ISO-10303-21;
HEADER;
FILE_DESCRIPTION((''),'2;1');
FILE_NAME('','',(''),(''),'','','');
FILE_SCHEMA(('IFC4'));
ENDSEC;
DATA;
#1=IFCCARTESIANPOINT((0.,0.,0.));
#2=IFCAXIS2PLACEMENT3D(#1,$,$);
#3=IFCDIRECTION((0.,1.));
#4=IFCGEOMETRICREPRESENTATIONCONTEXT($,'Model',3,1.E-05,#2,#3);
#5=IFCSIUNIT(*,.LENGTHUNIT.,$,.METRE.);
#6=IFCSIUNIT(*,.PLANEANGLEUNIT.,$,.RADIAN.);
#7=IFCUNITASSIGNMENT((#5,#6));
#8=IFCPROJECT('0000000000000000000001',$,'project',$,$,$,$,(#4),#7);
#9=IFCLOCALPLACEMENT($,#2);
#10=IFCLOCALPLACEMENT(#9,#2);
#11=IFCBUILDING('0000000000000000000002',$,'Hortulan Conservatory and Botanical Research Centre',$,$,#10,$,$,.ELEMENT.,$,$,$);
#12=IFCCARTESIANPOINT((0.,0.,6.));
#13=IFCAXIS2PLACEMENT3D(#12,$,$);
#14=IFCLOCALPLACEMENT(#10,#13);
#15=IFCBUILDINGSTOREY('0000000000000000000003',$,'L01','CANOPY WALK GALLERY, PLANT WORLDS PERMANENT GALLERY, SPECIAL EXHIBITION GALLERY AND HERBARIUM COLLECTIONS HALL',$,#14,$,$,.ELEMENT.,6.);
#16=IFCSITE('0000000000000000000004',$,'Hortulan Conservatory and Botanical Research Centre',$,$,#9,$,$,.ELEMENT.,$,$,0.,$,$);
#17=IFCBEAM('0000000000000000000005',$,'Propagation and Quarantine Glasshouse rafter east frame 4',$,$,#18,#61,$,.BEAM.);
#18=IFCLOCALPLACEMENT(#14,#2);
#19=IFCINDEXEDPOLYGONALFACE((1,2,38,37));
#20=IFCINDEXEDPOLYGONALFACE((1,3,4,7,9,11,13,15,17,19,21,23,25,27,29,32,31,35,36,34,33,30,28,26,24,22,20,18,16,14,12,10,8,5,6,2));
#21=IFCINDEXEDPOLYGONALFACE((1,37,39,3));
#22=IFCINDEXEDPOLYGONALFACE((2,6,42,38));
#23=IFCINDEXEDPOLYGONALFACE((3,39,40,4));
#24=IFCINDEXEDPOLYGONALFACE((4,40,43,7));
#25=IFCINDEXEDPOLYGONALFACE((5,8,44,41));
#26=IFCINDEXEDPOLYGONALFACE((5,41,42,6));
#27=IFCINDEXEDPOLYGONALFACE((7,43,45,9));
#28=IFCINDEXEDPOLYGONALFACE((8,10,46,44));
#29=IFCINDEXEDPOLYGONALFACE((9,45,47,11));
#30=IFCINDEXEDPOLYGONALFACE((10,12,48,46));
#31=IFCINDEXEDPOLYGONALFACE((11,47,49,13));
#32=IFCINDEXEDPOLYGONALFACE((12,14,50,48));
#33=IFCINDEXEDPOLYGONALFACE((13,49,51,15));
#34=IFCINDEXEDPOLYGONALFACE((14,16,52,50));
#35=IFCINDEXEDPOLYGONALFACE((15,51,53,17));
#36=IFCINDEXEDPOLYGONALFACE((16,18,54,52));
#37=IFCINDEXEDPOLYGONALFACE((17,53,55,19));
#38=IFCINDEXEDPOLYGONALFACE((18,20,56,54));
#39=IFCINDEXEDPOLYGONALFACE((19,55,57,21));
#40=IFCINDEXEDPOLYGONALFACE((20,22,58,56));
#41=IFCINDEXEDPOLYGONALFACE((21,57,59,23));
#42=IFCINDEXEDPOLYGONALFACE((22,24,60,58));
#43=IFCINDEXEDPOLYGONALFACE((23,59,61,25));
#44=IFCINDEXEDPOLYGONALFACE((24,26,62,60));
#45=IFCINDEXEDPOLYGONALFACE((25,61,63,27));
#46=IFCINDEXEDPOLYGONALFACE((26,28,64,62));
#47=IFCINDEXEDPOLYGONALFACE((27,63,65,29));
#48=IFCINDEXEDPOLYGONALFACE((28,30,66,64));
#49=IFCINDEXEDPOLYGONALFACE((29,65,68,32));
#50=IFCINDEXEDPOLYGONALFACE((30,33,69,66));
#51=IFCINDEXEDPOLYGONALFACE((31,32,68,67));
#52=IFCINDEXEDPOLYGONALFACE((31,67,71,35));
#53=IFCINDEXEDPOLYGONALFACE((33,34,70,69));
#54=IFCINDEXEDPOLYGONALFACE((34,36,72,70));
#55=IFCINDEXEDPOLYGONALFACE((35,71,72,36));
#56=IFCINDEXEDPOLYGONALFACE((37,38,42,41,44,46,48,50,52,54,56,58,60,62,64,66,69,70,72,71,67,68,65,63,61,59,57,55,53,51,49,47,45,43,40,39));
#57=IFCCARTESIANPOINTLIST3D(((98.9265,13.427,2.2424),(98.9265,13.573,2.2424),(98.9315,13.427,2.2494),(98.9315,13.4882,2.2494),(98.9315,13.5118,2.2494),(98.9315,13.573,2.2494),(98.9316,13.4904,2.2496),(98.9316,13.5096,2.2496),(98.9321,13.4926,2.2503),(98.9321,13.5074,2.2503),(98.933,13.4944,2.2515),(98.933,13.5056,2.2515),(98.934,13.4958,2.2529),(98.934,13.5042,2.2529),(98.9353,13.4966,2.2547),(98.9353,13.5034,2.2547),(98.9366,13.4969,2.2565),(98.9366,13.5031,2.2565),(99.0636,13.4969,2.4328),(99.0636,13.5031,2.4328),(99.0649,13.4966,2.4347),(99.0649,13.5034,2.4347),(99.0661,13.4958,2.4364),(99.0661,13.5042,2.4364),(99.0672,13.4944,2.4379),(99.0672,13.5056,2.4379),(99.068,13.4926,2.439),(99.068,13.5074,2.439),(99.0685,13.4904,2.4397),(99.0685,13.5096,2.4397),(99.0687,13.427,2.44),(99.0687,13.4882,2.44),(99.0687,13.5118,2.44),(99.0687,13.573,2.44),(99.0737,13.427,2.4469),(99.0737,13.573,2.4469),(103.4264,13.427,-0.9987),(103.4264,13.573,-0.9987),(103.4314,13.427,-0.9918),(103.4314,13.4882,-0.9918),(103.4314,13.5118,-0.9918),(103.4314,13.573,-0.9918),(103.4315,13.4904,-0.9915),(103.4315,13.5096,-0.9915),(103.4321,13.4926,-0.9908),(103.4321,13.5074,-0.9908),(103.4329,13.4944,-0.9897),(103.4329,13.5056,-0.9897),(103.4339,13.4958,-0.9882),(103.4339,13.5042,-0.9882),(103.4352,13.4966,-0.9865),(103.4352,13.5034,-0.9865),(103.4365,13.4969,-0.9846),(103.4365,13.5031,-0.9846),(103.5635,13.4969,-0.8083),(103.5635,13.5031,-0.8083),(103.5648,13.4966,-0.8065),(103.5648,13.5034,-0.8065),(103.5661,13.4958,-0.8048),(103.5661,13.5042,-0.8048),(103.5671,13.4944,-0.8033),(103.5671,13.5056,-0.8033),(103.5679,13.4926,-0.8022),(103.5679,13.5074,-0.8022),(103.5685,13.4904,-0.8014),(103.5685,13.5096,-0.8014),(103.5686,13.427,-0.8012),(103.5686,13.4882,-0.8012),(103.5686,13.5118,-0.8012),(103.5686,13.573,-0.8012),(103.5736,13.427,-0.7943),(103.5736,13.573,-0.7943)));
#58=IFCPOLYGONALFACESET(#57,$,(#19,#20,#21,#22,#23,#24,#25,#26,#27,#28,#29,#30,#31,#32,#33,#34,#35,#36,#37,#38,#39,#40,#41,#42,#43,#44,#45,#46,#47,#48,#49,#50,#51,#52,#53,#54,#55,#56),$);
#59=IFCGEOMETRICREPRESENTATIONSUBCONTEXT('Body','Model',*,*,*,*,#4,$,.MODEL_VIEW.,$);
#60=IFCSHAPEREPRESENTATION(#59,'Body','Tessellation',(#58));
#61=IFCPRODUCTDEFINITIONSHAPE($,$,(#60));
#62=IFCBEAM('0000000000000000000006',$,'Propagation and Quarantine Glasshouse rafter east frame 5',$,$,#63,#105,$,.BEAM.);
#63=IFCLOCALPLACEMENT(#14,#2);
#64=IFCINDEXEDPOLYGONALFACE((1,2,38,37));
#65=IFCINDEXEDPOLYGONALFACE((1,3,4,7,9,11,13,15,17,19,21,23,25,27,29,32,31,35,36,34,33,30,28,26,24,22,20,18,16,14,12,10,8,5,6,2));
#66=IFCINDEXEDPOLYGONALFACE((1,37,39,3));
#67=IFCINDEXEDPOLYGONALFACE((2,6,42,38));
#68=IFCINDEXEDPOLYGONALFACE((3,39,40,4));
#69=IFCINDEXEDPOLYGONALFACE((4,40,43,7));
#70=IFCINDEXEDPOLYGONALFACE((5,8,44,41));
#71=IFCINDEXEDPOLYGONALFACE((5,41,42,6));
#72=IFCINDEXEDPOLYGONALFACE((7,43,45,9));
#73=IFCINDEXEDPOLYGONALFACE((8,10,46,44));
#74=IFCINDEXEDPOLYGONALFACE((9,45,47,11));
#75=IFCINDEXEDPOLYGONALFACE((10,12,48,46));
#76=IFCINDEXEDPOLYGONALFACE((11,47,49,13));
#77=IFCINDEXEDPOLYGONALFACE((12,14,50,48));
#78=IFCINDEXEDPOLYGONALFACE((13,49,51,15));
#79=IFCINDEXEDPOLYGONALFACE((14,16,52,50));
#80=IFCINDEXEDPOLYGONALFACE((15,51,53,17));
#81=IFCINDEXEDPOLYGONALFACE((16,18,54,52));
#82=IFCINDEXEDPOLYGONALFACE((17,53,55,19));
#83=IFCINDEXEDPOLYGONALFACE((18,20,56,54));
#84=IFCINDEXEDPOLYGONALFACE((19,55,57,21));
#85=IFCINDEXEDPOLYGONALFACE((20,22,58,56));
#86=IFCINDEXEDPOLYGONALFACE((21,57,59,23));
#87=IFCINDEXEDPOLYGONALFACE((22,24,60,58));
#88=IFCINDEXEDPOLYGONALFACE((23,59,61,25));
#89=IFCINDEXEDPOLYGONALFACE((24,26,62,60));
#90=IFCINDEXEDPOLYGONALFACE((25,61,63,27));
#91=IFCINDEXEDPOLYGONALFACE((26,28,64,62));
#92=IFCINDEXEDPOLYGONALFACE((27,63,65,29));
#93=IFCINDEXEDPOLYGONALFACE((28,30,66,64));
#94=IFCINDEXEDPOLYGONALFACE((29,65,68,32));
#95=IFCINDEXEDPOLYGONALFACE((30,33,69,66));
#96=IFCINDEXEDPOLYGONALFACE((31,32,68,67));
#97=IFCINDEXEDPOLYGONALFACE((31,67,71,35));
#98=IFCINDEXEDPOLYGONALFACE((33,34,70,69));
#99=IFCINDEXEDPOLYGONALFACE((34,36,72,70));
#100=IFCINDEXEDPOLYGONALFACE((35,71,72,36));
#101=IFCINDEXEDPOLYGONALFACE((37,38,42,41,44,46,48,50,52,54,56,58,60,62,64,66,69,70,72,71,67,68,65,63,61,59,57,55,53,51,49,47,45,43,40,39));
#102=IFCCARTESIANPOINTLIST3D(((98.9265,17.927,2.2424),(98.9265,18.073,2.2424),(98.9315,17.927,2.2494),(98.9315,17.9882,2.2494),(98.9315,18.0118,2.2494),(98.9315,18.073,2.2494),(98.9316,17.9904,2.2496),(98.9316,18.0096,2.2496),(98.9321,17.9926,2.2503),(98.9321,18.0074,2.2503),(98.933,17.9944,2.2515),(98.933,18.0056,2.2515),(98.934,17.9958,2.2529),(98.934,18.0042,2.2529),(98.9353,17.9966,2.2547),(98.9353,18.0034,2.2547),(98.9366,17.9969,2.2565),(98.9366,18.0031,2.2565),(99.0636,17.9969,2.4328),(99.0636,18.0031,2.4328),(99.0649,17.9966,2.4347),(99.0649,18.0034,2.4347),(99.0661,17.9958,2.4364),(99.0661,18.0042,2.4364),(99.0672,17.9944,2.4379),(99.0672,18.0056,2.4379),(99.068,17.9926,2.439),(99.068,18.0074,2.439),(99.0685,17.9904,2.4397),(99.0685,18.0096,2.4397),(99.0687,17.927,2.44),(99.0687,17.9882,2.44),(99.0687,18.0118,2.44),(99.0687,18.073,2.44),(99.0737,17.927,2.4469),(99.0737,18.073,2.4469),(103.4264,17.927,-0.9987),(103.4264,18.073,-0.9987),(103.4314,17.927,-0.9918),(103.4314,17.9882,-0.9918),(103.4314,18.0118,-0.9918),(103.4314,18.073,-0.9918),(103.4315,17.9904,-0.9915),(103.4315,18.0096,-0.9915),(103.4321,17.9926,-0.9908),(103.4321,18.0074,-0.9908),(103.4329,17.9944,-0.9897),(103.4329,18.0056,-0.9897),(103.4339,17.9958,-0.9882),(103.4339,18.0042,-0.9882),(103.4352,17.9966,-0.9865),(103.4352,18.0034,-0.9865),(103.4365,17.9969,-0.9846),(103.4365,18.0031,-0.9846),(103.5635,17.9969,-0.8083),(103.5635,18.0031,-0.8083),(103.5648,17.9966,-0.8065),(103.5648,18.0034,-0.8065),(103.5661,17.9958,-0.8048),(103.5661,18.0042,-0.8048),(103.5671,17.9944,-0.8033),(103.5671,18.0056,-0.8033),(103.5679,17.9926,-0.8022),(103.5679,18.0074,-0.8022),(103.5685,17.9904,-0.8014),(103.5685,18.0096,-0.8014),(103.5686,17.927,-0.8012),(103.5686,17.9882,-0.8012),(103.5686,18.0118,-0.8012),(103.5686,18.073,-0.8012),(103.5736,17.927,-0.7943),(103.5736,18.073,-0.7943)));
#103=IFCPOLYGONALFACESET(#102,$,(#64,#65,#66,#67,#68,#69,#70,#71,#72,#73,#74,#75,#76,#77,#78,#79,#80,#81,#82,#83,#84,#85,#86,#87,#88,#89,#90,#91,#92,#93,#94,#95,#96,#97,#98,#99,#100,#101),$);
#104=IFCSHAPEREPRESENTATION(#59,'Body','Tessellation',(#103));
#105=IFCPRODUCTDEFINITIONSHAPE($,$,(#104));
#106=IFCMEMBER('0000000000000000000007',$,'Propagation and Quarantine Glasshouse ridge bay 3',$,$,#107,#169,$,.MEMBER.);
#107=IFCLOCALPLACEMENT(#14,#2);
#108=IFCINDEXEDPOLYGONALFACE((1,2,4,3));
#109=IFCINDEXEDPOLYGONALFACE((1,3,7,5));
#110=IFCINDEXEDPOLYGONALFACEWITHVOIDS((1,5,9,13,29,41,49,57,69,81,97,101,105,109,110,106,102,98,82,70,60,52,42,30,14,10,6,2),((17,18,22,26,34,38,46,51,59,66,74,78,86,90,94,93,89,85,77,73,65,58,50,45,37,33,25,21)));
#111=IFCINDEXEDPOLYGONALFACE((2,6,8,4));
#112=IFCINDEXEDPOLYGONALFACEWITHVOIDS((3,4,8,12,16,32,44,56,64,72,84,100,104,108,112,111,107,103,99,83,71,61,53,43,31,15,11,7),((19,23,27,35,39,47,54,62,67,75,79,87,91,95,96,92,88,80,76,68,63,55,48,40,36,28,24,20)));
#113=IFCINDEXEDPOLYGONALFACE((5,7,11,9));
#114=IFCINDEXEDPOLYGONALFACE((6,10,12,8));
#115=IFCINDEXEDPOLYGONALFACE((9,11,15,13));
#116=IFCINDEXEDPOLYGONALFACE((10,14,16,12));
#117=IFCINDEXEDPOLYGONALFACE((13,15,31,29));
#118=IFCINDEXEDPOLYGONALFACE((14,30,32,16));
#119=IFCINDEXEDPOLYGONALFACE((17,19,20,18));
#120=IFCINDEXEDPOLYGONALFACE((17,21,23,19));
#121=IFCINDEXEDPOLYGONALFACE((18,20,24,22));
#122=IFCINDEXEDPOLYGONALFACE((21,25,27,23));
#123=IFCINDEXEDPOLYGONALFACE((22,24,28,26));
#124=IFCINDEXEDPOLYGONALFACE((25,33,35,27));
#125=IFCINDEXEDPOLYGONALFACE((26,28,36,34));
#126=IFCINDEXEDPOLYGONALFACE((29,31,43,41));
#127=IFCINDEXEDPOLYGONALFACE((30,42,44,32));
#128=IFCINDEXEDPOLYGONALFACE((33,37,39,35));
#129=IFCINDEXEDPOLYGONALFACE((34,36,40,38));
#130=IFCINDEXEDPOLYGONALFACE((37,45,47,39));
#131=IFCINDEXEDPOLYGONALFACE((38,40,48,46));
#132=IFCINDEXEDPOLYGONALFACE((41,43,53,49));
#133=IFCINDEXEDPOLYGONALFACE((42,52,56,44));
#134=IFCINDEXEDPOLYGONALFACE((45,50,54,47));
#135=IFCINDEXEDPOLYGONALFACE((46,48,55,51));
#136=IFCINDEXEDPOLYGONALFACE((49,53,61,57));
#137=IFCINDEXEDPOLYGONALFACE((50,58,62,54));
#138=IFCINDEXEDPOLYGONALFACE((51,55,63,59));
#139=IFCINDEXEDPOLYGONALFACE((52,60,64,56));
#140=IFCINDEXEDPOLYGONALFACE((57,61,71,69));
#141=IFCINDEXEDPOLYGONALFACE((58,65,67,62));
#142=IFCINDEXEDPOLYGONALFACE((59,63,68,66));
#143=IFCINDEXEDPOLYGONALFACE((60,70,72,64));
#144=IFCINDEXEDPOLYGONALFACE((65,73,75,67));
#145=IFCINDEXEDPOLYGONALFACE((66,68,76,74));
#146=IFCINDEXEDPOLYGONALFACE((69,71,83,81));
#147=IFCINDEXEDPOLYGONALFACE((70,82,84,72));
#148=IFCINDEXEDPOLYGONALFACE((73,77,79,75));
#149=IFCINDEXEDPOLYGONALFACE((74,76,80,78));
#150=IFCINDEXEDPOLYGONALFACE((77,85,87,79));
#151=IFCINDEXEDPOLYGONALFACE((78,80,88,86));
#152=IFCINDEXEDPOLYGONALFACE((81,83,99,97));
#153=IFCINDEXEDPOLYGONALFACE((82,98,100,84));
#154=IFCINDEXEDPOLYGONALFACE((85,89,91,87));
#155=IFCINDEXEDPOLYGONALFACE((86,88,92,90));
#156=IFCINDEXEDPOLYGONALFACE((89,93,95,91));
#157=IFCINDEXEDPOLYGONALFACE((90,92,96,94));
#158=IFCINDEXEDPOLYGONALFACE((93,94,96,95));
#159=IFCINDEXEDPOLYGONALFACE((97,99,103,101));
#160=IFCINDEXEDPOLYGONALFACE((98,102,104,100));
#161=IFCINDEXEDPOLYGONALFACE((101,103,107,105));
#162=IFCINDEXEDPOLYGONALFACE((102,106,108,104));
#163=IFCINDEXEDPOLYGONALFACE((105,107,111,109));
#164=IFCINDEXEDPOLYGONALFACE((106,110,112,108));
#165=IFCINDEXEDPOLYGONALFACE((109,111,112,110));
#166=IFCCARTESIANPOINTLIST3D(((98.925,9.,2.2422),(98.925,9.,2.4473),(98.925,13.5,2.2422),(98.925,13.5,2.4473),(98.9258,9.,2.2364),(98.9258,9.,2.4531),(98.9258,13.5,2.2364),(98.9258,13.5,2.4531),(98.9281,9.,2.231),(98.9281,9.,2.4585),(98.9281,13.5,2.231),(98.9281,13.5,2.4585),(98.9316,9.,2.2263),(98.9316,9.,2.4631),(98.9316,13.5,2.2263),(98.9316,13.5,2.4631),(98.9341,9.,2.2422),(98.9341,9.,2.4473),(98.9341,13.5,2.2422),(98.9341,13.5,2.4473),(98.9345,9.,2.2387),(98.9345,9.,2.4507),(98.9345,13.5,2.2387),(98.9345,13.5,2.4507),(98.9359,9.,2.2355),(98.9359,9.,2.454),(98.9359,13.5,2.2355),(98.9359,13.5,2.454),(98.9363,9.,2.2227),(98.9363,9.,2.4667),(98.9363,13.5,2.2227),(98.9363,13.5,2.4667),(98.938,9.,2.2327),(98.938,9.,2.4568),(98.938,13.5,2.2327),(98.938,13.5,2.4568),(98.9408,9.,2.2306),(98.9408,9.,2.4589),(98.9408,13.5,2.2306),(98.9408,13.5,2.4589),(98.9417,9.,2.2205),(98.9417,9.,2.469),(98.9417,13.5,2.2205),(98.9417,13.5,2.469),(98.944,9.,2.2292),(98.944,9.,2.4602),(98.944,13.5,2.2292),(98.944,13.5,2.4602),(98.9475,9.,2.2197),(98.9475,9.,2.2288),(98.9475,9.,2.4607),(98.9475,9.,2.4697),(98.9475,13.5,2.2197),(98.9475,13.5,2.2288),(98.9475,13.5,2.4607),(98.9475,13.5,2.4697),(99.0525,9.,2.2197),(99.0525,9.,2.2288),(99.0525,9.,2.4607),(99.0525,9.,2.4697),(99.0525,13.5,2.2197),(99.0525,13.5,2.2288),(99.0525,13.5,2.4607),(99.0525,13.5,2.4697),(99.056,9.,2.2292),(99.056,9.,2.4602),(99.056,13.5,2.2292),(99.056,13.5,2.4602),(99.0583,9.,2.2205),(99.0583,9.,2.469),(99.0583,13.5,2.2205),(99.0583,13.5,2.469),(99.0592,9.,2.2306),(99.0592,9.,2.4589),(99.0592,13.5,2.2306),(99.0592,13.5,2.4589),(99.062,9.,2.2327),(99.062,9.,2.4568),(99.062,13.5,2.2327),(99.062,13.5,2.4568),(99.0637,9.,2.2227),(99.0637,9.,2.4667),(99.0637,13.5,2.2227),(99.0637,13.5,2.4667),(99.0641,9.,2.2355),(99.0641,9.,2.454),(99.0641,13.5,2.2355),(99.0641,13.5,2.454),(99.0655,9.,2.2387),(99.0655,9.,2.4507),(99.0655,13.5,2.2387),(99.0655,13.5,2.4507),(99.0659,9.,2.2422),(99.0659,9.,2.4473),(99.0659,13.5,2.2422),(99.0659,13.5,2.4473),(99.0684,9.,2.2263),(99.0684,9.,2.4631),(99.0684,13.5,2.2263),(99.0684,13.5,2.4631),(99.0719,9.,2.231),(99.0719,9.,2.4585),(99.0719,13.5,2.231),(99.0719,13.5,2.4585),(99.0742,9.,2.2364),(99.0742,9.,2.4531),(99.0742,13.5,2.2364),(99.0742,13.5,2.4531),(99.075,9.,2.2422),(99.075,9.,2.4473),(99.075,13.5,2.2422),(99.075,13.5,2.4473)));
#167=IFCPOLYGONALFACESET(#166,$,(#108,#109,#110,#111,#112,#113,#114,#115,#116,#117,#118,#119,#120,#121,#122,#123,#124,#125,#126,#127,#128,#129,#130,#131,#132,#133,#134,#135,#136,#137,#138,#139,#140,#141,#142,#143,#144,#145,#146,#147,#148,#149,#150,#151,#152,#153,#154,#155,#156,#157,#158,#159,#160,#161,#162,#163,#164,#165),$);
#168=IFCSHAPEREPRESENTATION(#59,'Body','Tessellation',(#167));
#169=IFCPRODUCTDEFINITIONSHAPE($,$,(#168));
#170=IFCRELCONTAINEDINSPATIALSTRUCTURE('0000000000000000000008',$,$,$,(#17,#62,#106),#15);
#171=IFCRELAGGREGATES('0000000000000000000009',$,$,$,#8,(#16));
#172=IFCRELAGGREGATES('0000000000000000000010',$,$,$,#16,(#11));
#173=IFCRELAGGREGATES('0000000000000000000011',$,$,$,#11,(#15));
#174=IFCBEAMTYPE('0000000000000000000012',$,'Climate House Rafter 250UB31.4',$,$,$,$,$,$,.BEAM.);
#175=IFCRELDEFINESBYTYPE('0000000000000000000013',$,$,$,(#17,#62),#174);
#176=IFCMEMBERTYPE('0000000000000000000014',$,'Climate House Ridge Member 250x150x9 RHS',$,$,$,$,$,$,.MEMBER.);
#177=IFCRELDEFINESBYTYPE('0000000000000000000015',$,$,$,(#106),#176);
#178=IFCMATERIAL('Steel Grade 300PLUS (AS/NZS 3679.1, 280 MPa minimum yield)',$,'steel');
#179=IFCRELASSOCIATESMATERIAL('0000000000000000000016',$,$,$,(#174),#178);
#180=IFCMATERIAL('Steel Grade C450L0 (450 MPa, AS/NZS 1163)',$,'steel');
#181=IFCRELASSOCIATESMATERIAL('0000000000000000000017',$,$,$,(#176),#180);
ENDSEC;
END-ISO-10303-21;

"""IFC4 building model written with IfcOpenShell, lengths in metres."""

from ifc_helpers import new_model, si_unit, direction, frame, origin, origin_2d, place, context, subcontext, project, spatial, hollow_rectangle, i_section, extrude, material, material_profile, profile_set, type_object, element, save


model = new_model("IFC4")

# Units and contexts
model_context = context("Model", 3, precision=1e-05, world=origin(), true_north=direction((0.0, 1.0)))
body_context = subcontext(model_context, "Body", "Model", "MODEL_VIEW")
ifc_project = project(units=[si_unit("LENGTHUNIT", "METRE"), si_unit("PLANEANGLEUNIT", "RADIAN")], contexts=[model_context])

# Site, building, storey
site_placement = place(None, origin())
site = spatial("IfcSite", under=ifc_project, at=site_placement, Name="Hortulan Conservatory and Botanical Research Centre", CompositionType="ELEMENT", RefElevation=0.0)
building_placement = place(site_placement, origin())
building = spatial("IfcBuilding", under=site, at=building_placement, Name="Hortulan Conservatory and Botanical Research Centre", CompositionType="ELEMENT")
storey_placement = place(building_placement, frame((0.0, 0.0, 6.0)))
storey = spatial("IfcBuildingStorey", under=building, at=storey_placement, Name="L01", Description="CANOPY WALK GALLERY, PLANT WORLDS PERMANENT GALLERY, SPECIAL EXHIBITION GALLERY AND HERBARIUM COLLECTIONS HALL", CompositionType="ELEMENT", Elevation=6.0)

# Shared definitions
ifc_material_1 = material(Name="Steel Grade C450L0 (450 MPa, AS/NZS 1163)", Category="steel")

# Beams
ifc_material_2 = material(Name="Steel Grade 300PLUS (AS/NZS 3679.1, 280 MPa minimum yield)", Category="steel")
ifc_material_profile_1 = material_profile(ifc_material_2, i_section(OverallWidth=0.146, OverallDepth=0.252, WebThickness=0.0061, FlangeThickness=0.0085, FilletRadius=0.0088, at=origin_2d()), Name="250UB31.4")
ifc_profile_set_1 = profile_set([ifc_material_profile_1], Name="Steel Grade 300PLUS (AS/NZS 3679.1, 280 MPa minimum yield)")
beam_type = type_object("IfcBeamType", Name="Climate House Rafter 250UB31.4", PredefinedType="BEAM", material=ifc_profile_set_1)
for number, where, z_axis, x_axis, name in (
    (1, (103.5, 13.5, -0.8965), (-0.811431, 0.0, 0.584449), (0.0, -1.0, 0.0), "Propagation and Quarantine Glasshouse rafter east frame 4"),
    (2, (103.5, 18.0, -0.8965), (-0.811431, 0.0, 0.584449), (0.0, -1.0, 0.0), "Propagation and Quarantine Glasshouse rafter east frame 5"),
):
    element("IfcBeam", number, at=place(storey_placement, frame(where, z_axis=z_axis, x_axis=x_axis)), inside=storey, type_object=beam_type, Name=name, PredefinedType="BEAM", context=body_context, shape_type="SweptSolid", body=[
        extrude(i_section(OverallWidth=0.146, OverallDepth=0.252, WebThickness=0.0061, FlangeThickness=0.0085, FilletRadius=0.0088, at=origin_2d()), origin(), (0.0, 0.0, 1.0), 5.5457),
    ])

# Member
ifc_material_profile_2 = material_profile(ifc_material_1, hollow_rectangle(XDim=0.1499, YDim=0.25, WallThickness=0.009, InnerFilletRadius=0.0134, OuterFilletRadius=0.0225, at=origin_2d()), Name="250x150x9RHS")
ifc_profile_set_2 = profile_set([ifc_material_profile_2], Name="Steel Grade C450L0 (450 MPa, AS/NZS 1163)")
member_type_1 = type_object("IfcMemberType", Name="Climate House Ridge Member 250x150x9 RHS", PredefinedType="MEMBER", material=ifc_profile_set_2)
for number, where, z_axis, x_axis, name in (
    (3, (99.0, 9.0, 2.3447), (0.0, 1.0, 0.0), (-1.0, 0.0, 0.0), "Propagation and Quarantine Glasshouse ridge bay 3"),
):
    element("IfcMember", number, at=place(storey_placement, frame(where, z_axis=z_axis, x_axis=x_axis)), inside=storey, type_object=member_type_1, Name=name, PredefinedType="MEMBER", context=body_context, shape_type="SweptSolid", body=[
        extrude(hollow_rectangle(XDim=0.1499, YDim=0.25, WallThickness=0.009, InnerFilletRadius=0.0134, OuterFilletRadius=0.0225, at=origin_2d()), origin(), (0.0, 0.0, 1.0), 4.5),
    ])

save(model, "model.ifc")
